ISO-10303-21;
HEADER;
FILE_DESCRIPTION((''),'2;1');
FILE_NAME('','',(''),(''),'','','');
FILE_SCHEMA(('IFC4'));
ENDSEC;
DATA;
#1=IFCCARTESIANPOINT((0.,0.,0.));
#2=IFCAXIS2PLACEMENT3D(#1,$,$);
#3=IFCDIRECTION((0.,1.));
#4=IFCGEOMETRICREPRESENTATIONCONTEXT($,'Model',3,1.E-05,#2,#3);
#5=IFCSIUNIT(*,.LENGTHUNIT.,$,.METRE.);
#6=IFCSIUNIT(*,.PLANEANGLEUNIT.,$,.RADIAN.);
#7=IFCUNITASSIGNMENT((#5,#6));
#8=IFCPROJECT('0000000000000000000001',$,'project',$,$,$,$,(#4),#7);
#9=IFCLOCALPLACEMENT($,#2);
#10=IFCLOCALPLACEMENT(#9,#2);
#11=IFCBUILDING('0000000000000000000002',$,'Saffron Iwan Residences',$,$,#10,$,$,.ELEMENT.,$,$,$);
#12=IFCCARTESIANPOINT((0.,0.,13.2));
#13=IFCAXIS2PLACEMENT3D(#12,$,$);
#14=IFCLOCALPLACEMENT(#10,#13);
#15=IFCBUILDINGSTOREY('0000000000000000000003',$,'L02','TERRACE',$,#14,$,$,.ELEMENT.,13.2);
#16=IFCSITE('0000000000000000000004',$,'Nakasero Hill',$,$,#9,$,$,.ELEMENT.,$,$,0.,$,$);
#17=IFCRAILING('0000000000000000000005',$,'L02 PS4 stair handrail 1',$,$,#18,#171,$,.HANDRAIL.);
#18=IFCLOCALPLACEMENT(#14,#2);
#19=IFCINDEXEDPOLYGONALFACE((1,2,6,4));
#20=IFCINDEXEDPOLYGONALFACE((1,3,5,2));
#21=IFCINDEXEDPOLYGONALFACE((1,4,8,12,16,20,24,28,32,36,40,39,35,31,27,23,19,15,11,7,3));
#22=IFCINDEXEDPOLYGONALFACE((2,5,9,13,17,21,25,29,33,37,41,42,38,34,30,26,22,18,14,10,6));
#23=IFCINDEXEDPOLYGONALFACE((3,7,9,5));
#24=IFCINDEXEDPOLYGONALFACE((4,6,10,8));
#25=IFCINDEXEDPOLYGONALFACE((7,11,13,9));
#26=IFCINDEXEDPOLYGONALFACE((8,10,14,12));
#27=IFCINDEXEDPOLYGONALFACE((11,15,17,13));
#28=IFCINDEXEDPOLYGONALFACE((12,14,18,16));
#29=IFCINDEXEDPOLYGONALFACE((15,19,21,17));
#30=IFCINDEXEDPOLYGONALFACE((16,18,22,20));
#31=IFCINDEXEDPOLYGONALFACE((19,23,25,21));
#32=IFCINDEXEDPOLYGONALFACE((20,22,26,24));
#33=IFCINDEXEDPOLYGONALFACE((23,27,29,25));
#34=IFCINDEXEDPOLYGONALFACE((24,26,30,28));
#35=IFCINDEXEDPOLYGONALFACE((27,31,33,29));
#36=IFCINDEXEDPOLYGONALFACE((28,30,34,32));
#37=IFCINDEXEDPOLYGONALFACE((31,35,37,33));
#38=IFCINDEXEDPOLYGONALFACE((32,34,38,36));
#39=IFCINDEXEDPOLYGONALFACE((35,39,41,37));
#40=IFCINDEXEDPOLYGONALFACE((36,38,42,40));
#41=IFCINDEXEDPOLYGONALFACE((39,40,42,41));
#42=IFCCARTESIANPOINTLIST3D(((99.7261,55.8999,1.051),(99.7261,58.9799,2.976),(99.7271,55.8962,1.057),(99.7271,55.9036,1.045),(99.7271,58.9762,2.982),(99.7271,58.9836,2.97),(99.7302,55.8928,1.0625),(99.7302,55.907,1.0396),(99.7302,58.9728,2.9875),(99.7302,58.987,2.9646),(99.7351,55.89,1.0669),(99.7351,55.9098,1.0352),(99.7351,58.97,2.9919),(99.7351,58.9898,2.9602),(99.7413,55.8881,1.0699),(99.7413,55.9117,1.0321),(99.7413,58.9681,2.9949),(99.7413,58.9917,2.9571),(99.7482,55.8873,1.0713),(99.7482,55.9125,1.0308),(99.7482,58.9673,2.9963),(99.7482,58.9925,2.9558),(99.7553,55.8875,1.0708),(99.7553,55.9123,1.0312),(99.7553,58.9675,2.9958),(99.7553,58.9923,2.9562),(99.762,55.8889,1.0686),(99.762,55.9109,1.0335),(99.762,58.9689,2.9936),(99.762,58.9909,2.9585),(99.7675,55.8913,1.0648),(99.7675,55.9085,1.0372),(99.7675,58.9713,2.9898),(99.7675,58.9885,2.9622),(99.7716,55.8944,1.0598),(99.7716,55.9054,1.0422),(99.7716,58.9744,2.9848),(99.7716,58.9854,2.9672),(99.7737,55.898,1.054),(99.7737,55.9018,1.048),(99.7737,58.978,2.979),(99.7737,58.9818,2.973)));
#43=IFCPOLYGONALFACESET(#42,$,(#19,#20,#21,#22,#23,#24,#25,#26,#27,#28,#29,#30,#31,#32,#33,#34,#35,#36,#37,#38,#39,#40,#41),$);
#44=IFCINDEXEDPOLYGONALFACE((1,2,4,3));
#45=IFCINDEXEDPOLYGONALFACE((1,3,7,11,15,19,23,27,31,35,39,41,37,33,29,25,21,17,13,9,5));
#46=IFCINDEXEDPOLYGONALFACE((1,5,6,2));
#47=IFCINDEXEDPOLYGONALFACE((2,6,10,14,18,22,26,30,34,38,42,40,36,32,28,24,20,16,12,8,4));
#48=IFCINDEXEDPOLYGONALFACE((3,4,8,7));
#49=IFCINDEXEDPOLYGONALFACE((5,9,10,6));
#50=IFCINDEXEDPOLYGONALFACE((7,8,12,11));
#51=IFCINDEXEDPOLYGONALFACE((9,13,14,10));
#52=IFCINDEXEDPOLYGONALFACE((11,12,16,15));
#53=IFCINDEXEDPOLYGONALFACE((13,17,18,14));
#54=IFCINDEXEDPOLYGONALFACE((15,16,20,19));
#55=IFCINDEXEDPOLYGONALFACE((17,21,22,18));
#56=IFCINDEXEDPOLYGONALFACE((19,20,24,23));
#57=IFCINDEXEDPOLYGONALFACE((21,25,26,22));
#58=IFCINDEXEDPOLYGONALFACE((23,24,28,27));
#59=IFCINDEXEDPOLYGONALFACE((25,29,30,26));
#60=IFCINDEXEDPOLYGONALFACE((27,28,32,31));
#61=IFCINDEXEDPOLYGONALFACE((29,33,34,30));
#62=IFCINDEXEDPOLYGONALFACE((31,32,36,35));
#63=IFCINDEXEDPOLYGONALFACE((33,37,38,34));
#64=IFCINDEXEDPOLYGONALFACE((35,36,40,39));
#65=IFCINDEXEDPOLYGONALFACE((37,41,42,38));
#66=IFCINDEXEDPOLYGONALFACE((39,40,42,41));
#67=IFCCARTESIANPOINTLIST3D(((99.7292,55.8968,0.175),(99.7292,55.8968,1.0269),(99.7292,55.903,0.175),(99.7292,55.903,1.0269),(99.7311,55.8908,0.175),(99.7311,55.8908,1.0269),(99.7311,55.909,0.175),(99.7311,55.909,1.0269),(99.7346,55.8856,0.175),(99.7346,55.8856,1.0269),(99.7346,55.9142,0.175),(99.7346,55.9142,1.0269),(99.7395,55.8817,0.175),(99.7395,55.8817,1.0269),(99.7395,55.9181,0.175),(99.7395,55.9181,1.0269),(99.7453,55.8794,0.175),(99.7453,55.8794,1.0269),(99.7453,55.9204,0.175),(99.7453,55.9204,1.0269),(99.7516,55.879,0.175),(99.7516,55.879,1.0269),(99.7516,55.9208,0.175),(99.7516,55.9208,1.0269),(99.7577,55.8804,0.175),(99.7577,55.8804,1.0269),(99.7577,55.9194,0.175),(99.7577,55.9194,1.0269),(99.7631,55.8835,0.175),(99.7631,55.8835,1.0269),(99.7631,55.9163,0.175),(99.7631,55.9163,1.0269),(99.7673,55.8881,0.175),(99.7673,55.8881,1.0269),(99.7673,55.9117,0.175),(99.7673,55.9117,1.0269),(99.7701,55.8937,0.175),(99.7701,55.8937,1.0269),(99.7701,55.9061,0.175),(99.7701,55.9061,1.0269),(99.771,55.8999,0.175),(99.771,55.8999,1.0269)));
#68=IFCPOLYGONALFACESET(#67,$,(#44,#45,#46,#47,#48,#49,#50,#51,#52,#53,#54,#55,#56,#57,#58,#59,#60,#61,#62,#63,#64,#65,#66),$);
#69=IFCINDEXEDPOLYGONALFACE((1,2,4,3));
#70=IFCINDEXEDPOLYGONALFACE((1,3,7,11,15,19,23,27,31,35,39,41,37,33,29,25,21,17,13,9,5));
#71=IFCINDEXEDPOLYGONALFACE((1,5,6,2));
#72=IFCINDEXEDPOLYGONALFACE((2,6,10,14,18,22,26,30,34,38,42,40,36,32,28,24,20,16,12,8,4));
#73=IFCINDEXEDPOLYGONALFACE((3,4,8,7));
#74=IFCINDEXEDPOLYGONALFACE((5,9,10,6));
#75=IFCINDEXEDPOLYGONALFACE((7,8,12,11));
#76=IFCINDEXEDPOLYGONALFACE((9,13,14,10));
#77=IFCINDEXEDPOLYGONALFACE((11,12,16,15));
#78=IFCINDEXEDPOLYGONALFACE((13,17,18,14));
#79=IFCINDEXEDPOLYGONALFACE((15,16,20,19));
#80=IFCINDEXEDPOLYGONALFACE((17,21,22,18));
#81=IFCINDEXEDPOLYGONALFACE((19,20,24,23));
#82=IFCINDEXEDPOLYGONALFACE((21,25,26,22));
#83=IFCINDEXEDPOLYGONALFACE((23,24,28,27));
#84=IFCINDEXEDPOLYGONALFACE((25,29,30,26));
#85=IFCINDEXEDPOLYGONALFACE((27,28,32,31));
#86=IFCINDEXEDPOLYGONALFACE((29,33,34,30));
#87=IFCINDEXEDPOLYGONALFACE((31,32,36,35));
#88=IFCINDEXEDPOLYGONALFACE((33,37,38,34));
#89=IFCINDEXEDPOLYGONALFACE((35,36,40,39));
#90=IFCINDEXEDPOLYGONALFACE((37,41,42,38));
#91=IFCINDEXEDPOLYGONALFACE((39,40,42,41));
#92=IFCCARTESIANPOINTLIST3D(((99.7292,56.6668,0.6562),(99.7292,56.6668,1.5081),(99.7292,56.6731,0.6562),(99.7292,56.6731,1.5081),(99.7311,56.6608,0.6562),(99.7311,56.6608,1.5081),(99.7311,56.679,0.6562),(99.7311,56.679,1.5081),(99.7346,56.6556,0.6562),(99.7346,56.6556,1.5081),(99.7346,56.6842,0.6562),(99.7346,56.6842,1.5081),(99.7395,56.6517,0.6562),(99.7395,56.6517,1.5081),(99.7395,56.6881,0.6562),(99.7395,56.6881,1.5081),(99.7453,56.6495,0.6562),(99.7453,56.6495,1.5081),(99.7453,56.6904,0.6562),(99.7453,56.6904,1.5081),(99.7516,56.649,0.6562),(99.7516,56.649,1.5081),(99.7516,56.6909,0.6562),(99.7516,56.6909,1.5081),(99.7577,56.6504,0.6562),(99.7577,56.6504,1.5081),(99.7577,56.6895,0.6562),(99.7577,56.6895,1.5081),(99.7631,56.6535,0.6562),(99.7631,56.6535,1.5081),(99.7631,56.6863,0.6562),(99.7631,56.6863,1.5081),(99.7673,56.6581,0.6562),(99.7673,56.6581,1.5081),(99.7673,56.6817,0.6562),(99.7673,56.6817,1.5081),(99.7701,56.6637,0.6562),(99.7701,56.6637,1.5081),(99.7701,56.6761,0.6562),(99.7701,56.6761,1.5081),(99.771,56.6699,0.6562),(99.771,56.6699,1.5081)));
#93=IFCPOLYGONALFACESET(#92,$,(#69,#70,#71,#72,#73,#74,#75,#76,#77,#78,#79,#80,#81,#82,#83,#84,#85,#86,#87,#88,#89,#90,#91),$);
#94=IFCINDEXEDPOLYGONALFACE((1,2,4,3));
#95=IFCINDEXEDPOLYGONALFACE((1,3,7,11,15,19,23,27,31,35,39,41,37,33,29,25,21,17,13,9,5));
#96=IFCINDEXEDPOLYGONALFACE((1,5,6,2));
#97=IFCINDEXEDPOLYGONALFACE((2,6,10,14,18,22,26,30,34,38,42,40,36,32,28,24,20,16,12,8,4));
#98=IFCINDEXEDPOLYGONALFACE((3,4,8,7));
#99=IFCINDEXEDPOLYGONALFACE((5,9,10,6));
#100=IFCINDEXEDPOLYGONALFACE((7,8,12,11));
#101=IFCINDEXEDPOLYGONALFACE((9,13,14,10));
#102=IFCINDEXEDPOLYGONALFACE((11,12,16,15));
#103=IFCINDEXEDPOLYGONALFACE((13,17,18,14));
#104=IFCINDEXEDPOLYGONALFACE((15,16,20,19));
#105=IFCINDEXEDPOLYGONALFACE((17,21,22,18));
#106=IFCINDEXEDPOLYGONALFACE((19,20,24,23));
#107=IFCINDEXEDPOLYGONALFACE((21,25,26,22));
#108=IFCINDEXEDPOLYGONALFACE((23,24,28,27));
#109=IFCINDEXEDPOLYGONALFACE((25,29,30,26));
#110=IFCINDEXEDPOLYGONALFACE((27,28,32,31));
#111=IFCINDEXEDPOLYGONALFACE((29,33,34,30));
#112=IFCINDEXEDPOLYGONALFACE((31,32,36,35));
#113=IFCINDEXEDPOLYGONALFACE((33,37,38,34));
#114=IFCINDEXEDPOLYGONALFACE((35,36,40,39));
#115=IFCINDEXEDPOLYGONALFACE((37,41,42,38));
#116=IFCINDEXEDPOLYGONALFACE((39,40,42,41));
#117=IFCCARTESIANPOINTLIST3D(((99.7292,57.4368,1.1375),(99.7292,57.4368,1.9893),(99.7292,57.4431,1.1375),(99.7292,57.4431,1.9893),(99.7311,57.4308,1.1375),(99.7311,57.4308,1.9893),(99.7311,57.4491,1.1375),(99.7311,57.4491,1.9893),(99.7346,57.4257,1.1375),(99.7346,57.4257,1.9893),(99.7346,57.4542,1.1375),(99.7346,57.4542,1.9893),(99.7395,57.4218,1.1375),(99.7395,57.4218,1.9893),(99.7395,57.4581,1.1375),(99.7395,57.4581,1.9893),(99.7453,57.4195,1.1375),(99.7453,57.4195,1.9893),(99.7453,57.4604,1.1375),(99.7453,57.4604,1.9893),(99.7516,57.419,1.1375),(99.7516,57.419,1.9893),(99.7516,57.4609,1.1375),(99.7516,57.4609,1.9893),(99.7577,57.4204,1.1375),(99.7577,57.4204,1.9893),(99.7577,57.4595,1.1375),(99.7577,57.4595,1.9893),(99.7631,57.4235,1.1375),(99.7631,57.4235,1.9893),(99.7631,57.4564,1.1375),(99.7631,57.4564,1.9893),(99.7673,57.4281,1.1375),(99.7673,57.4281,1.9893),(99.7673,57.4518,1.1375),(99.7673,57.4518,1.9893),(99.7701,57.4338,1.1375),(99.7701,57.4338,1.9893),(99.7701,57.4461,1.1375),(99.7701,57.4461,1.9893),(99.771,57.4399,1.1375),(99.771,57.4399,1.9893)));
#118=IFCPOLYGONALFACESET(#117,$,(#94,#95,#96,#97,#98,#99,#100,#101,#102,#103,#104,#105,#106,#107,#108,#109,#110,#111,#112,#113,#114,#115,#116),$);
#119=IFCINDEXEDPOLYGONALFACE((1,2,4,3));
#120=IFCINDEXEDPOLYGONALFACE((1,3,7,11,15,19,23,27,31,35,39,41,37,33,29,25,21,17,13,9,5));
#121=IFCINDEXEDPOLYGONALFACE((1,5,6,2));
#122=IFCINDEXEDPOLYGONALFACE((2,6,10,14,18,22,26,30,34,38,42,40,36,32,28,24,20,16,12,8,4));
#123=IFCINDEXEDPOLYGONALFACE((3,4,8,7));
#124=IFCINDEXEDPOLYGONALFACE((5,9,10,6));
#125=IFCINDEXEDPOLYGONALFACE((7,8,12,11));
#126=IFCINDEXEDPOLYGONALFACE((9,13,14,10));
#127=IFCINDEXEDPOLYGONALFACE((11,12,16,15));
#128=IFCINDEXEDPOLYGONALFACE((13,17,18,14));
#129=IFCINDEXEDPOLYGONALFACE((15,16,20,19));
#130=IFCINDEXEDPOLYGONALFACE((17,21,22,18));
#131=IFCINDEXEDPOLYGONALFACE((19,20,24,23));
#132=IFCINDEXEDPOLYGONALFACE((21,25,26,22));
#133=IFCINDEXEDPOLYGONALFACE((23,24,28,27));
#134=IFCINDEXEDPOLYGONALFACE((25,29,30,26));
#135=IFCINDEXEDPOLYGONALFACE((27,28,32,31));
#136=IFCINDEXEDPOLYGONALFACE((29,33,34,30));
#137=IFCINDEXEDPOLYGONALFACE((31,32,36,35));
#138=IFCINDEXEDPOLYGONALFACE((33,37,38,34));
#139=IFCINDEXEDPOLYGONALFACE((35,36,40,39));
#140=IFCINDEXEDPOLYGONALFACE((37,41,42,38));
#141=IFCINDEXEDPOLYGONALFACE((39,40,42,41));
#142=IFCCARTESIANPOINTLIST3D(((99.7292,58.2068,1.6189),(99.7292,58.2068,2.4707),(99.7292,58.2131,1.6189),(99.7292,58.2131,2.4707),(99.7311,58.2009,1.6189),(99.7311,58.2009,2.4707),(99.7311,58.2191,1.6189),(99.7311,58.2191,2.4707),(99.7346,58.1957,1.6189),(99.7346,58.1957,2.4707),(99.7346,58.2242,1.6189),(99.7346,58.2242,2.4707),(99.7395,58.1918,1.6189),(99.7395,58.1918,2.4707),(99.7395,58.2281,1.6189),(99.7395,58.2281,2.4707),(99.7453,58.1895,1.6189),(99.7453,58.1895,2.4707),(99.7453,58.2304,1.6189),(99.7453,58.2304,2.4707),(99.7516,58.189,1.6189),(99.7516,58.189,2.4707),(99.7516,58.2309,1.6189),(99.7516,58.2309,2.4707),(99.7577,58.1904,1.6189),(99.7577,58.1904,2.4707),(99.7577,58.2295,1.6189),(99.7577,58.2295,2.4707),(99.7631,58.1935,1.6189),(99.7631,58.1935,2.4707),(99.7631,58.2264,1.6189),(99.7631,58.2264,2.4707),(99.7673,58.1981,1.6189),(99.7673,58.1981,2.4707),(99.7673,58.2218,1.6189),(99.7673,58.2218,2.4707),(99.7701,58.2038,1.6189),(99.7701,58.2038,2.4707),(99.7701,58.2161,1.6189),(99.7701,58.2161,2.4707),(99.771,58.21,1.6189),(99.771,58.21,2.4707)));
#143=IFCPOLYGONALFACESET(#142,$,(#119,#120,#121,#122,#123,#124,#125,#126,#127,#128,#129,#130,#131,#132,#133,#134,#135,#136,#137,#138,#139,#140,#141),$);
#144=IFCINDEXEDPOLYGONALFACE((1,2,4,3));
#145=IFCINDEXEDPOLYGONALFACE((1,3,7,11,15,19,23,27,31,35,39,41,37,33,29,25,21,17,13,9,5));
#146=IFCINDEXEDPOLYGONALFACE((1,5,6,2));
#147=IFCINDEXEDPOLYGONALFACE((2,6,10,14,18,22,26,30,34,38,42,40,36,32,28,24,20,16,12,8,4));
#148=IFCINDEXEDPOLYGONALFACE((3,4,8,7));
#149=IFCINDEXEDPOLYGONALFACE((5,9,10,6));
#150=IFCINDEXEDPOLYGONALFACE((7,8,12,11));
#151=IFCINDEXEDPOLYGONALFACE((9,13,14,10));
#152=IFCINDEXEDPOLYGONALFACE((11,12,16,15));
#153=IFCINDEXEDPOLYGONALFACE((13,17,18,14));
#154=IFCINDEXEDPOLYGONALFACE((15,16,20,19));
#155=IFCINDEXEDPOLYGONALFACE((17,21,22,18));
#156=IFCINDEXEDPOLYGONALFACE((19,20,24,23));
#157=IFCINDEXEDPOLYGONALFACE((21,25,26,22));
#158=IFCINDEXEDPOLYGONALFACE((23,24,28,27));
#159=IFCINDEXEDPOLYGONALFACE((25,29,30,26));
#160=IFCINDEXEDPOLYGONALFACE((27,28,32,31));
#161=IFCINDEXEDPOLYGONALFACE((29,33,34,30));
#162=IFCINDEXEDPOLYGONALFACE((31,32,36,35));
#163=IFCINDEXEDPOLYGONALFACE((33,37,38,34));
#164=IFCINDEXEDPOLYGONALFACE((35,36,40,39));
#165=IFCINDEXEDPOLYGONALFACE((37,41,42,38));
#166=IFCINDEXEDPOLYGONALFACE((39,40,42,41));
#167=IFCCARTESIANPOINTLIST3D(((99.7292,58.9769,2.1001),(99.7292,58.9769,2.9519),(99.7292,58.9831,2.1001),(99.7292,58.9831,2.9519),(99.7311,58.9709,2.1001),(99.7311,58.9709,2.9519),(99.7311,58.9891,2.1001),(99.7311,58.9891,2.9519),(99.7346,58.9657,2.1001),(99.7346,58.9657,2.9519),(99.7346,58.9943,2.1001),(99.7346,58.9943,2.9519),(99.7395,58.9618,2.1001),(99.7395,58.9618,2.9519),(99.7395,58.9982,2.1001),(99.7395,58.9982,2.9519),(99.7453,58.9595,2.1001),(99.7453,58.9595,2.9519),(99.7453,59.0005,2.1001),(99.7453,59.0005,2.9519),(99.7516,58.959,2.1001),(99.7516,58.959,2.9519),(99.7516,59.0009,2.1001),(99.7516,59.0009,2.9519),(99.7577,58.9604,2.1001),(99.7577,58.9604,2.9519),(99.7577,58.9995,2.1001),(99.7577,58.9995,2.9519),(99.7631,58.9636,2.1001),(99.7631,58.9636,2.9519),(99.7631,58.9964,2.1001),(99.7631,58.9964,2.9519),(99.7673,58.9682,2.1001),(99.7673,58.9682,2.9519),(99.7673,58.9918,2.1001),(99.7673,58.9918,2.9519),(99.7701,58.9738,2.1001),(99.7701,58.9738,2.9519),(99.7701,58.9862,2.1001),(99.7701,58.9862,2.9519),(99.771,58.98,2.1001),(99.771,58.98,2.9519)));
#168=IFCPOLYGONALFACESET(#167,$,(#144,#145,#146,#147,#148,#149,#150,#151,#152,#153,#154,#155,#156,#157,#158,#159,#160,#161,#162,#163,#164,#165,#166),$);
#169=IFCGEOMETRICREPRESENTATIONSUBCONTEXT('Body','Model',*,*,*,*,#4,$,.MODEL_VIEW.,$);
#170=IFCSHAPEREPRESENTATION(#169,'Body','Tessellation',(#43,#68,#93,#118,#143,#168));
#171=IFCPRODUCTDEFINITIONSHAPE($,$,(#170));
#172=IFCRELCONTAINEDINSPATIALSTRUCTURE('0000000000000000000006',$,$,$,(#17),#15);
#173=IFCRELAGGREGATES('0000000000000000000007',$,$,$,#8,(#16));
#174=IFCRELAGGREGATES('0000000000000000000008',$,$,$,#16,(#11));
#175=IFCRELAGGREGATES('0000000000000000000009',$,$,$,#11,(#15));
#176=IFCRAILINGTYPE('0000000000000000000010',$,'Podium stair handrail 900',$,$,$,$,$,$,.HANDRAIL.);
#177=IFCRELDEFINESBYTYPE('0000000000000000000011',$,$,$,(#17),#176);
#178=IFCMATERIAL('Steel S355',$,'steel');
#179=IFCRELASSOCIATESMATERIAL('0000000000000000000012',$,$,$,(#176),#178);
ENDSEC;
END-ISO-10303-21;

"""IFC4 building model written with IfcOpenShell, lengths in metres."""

from ifc_helpers import new_model, si_unit, direction, frame, origin, origin_2d, place, context, subcontext, project, spatial, circle, extrude, material, type_object, element, save


model = new_model("IFC4")

# Units and contexts
model_context = context("Model", 3, precision=1e-05, world=origin(), true_north=direction((0.0, 1.0)))
body_context = subcontext(model_context, "Body", "Model", "MODEL_VIEW")
ifc_project = project(units=[si_unit("LENGTHUNIT", "METRE"), si_unit("PLANEANGLEUNIT", "RADIAN")], contexts=[model_context])

# Site, building, storey
site_placement = place(None, origin())
site = spatial("IfcSite", under=ifc_project, at=site_placement, Name="Nakasero Hill", CompositionType="ELEMENT", RefElevation=0.0)
building_placement = place(site_placement, origin())
building = spatial("IfcBuilding", under=site, at=building_placement, Name="Saffron Iwan Residences", CompositionType="ELEMENT")
storey_placement = place(building_placement, frame((0.0, 0.0, 13.2)))
storey = spatial("IfcBuildingStorey", under=building, at=storey_placement, Name="L02", Description="TERRACE", CompositionType="ELEMENT", Elevation=13.2)

# Railing
ifc_material_1 = material(Name="Steel S355", Category="steel")
railing_type_1 = type_object("IfcRailingType", Name="Podium stair handrail 900", PredefinedType="HANDRAIL", material=ifc_material_1)
railing_1_placement = place(storey_placement, frame((99.75, 55.8999, 0.175)))
element("IfcRailing", 1, at=railing_1_placement, inside=storey, type_object=railing_type_1, Name="L02 PS4 stair handrail 1", PredefinedType="HANDRAIL", context=body_context, shape_type="SweptSolid", body=[
    extrude(circle(Radius=0.0239, at=origin_2d()), frame((0.0, 0.0, 0.876), z_axis=(0.0, 0.847998, 0.529999), x_axis=(-1.0, 0.0, 0.0)), (0.0, 0.0, 1.0), 3.6321),
    extrude(circle(Radius=0.021, at=origin_2d()), origin(), (0.0, 0.0, 1.0), 0.8518),
    extrude(circle(Radius=0.021, at=origin_2d()), frame((0.0, 0.77, 0.4812)), (0.0, 0.0, 1.0), 0.8518),
    extrude(circle(Radius=0.021, at=origin_2d()), frame((0.0, 1.54, 0.9624)), (0.0, 0.0, 1.0), 0.8518),
    extrude(circle(Radius=0.021, at=origin_2d()), frame((0.0, 2.3101, 1.4438)), (0.0, 0.0, 1.0), 0.8518),
    extrude(circle(Radius=0.021, at=origin_2d()), frame((0.0, 3.0801, 1.925)), (0.0, 0.0, 1.0), 0.8518),
])

save(model, "model.ifc")
